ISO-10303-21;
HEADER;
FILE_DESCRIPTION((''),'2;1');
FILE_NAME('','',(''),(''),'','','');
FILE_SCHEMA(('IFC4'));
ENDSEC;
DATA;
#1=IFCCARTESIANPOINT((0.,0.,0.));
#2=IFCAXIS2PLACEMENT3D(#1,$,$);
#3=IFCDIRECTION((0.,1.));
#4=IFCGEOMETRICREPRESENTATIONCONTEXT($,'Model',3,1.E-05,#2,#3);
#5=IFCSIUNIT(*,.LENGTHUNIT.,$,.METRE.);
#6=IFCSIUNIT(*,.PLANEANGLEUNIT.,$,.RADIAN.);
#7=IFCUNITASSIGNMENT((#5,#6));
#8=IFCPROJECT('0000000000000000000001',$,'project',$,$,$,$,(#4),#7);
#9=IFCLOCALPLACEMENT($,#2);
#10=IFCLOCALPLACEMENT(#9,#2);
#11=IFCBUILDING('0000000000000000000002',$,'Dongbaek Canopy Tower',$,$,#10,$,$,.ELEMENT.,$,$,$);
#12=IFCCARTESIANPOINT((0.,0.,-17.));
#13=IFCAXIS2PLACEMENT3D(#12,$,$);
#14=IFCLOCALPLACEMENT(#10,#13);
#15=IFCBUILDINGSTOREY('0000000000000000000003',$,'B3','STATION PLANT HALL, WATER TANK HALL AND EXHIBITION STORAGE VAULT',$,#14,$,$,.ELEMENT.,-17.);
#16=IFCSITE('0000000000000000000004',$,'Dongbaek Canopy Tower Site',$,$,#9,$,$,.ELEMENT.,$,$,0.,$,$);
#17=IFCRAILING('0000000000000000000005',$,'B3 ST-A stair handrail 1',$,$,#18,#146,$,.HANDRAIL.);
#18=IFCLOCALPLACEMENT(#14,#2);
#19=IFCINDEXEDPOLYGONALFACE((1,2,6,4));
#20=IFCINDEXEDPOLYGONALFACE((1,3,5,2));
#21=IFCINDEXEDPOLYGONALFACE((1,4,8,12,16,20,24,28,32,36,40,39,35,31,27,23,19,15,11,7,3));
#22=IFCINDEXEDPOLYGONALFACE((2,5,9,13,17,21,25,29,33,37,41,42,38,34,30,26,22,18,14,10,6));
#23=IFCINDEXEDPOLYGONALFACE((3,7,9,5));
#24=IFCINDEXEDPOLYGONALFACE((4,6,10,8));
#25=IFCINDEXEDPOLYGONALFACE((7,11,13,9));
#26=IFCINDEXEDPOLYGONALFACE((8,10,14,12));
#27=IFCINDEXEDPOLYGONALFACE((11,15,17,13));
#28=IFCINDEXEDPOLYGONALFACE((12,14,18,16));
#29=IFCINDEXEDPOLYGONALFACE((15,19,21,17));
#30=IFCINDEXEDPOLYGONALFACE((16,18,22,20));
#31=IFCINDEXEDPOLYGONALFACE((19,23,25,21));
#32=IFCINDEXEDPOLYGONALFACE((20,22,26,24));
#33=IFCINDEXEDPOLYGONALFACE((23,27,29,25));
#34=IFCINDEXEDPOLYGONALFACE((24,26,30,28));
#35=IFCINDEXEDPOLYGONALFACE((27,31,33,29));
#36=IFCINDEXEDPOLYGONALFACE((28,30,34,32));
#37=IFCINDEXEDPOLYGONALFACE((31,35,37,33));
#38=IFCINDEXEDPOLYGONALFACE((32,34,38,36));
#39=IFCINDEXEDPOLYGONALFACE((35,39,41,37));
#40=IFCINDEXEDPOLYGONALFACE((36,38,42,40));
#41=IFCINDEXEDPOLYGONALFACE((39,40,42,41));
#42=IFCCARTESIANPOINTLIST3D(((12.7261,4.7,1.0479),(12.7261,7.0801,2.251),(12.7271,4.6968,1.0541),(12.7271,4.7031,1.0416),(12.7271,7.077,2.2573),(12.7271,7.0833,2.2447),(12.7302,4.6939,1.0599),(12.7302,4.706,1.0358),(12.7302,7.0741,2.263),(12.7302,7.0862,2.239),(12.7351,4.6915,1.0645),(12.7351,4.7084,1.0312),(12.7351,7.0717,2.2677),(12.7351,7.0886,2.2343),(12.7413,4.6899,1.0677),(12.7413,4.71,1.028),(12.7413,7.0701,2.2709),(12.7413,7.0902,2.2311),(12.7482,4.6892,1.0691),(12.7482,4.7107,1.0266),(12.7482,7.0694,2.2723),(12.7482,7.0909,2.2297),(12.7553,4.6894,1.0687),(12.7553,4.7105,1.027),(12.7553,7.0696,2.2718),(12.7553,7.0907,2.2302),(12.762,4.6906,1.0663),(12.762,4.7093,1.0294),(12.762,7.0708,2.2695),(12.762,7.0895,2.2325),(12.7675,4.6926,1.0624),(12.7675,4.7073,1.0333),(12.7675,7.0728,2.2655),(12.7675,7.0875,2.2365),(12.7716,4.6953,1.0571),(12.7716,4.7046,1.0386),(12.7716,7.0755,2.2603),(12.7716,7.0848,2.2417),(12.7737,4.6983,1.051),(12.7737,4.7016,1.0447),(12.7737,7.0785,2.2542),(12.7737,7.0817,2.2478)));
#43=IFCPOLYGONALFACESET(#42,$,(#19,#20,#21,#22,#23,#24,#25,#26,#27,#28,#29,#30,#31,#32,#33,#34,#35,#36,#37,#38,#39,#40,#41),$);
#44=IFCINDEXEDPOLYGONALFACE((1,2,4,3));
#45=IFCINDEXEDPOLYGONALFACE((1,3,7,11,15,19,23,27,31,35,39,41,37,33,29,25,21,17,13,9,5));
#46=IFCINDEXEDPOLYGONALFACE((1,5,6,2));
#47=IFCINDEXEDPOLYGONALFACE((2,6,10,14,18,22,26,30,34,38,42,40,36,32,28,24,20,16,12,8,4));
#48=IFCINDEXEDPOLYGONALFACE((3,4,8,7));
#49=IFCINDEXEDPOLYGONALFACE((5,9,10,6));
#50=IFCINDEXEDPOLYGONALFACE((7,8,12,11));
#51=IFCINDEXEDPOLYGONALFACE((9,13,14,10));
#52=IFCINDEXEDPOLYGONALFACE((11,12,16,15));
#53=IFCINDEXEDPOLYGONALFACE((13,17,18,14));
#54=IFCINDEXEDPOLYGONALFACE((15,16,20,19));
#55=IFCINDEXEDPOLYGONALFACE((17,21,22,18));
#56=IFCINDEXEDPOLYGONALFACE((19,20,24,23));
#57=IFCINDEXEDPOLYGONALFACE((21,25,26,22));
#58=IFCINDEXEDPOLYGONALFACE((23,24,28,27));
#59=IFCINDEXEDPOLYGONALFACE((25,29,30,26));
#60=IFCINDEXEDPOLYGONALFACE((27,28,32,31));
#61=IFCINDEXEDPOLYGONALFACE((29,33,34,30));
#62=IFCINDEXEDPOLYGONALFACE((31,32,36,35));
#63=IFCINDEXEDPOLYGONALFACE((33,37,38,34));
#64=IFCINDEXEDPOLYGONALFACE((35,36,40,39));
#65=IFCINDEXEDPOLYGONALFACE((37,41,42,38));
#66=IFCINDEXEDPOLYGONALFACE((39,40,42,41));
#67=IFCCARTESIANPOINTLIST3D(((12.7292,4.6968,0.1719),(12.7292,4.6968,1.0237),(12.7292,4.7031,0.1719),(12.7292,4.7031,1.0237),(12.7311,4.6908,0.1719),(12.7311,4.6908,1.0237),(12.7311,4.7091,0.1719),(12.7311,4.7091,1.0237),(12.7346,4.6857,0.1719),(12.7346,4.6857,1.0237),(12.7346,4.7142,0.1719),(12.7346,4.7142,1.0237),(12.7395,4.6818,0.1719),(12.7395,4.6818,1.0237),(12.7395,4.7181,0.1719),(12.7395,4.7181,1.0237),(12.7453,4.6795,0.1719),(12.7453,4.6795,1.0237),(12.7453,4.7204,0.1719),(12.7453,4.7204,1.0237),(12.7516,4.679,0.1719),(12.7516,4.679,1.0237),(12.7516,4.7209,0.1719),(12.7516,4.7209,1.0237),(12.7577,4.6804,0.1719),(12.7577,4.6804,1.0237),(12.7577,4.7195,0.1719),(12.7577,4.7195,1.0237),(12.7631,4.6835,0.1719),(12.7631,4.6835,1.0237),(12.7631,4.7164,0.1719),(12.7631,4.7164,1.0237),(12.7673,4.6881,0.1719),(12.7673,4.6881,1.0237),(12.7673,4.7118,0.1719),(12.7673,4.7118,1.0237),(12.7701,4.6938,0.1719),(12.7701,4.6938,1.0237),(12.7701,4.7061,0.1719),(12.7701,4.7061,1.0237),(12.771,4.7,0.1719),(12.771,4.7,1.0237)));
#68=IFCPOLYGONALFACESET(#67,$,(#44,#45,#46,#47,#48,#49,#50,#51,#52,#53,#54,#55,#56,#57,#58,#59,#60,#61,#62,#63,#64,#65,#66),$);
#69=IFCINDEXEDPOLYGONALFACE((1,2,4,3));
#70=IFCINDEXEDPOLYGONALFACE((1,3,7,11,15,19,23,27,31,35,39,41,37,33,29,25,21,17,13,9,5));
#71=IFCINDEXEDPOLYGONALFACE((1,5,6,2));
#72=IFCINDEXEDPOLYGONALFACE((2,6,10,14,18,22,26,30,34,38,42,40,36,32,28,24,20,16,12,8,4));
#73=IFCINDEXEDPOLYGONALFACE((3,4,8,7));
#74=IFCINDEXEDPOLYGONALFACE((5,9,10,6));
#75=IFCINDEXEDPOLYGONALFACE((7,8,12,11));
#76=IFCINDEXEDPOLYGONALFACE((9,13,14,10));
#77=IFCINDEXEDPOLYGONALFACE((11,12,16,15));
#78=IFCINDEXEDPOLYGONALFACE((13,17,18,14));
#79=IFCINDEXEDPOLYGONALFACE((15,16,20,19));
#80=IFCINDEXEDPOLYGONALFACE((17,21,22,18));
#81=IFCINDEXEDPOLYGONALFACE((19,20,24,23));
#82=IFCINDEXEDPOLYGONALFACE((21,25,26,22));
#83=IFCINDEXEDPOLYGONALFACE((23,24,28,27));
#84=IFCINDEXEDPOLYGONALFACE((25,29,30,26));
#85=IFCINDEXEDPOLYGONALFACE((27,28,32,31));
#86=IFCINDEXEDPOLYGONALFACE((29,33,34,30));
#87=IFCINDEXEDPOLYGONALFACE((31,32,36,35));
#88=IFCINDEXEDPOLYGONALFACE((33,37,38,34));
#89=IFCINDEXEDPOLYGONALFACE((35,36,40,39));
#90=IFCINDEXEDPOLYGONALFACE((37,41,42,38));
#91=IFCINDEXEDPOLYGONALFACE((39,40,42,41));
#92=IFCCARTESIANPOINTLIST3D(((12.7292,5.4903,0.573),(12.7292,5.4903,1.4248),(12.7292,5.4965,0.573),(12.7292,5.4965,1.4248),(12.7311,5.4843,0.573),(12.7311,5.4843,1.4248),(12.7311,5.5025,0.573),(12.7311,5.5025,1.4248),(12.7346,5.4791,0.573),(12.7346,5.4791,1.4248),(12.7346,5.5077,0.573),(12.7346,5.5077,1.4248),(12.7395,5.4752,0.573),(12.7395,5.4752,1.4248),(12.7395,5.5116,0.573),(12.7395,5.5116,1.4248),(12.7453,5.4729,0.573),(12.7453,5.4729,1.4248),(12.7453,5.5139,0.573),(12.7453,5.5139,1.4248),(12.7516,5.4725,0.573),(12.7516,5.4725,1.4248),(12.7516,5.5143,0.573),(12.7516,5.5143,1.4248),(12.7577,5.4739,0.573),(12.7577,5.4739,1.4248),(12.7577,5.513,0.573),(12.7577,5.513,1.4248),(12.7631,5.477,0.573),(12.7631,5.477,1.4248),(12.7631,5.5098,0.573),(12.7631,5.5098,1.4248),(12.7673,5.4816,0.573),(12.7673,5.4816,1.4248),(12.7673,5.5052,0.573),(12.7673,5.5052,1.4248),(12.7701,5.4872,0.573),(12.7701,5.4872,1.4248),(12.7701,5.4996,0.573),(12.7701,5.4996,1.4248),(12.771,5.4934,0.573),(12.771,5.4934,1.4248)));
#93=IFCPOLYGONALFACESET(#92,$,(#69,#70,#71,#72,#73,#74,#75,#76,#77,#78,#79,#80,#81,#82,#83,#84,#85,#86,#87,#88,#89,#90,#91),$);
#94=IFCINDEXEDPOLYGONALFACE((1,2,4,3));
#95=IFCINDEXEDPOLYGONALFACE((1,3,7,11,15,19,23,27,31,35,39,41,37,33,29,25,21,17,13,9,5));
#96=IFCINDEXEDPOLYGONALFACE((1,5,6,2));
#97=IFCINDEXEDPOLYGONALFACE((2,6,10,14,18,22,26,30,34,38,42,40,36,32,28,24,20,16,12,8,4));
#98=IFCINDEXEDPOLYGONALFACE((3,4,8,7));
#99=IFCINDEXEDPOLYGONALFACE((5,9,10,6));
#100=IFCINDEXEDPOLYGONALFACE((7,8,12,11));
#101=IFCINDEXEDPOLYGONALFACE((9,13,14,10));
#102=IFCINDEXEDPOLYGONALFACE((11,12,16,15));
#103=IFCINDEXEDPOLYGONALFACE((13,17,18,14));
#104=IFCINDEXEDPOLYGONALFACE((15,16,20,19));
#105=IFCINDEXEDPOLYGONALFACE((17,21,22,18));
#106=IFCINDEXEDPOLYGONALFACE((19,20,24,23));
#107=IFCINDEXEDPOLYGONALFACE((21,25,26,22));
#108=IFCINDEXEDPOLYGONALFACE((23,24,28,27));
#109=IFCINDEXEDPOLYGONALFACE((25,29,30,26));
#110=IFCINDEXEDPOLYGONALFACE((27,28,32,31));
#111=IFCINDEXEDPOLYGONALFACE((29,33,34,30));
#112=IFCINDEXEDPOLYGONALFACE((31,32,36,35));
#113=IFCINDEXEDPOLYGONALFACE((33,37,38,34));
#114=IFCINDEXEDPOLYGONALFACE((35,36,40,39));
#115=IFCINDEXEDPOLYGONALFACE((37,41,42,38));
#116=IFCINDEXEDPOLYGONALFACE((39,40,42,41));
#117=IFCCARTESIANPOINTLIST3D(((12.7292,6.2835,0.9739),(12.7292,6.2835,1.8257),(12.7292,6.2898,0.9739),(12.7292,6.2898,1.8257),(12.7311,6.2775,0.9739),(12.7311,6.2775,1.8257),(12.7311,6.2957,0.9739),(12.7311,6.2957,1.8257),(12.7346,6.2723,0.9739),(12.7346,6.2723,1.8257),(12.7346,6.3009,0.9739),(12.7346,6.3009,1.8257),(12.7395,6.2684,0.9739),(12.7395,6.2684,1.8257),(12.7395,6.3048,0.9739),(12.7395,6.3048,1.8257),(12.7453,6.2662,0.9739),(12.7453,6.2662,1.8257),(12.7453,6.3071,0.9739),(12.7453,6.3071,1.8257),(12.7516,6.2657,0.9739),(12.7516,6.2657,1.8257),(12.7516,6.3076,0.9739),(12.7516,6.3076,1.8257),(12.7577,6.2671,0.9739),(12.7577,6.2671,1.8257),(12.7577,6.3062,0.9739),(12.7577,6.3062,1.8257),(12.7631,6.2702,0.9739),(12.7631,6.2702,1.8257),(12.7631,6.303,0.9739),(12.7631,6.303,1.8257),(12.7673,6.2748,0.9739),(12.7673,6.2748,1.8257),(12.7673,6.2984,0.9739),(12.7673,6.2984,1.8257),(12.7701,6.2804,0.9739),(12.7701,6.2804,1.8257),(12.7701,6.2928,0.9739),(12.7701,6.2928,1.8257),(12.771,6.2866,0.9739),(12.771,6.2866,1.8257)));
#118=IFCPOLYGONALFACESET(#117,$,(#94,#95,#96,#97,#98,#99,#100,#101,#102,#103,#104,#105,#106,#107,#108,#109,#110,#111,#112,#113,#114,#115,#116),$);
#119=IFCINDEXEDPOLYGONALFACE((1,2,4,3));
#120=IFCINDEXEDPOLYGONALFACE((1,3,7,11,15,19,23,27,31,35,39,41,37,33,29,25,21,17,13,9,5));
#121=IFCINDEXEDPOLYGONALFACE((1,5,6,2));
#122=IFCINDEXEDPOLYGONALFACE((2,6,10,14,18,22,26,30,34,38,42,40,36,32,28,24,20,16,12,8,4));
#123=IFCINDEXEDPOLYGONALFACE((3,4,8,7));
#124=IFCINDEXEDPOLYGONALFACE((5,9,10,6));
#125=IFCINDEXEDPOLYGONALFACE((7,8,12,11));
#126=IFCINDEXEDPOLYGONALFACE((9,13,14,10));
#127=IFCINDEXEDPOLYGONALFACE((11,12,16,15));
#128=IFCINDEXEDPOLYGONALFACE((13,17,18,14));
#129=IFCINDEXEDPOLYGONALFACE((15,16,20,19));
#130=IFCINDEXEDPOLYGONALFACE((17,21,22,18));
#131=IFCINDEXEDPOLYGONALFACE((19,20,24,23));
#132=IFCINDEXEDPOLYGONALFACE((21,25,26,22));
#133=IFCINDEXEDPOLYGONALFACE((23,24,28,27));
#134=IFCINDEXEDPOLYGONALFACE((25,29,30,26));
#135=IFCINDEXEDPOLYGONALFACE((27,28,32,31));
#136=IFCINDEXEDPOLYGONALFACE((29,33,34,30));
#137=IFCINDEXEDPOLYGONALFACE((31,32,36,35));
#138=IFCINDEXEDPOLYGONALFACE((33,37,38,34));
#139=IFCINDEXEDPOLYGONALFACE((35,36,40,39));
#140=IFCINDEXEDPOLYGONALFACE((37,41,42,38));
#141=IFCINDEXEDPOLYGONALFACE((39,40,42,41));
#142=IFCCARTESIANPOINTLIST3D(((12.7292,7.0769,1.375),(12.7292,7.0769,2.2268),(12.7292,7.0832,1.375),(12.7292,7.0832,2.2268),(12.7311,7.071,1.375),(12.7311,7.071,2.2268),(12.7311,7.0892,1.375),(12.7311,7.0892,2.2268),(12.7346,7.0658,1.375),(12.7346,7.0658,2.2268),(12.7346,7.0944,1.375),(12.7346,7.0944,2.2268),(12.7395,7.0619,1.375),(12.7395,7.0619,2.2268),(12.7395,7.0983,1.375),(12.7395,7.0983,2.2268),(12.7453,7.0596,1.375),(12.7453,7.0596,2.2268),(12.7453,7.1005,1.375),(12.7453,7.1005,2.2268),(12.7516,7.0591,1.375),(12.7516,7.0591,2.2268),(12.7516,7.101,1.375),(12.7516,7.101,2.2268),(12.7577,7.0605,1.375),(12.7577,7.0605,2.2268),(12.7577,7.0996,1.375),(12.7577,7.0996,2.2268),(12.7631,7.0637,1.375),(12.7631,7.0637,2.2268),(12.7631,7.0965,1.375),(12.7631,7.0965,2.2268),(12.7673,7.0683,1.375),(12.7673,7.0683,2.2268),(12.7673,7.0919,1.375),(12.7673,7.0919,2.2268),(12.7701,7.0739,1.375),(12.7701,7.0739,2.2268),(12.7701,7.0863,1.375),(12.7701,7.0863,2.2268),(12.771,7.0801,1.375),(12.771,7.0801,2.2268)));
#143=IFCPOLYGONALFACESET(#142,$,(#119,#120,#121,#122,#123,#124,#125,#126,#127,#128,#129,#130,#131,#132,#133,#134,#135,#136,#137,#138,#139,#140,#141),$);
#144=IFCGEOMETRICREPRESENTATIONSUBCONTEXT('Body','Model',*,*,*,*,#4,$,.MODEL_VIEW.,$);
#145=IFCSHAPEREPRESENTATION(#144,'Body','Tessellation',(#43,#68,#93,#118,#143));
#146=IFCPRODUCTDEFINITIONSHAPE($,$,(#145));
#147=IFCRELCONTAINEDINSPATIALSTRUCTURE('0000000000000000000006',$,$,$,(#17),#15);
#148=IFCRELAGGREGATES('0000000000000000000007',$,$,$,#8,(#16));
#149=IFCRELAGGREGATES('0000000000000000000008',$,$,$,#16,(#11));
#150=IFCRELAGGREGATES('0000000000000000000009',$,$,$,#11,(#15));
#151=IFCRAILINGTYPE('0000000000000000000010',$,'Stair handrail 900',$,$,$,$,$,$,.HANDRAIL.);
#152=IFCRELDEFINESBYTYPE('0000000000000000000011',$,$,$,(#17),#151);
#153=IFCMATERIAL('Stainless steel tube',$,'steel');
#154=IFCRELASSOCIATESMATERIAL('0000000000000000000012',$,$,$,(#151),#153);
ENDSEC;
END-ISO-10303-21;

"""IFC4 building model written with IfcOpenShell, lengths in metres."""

from ifc_helpers import new_model, si_unit, direction, frame, origin, origin_2d, place, context, subcontext, project, spatial, circle, extrude, material, type_object, element, save


model = new_model("IFC4")

# Units and contexts
model_context = context("Model", 3, precision=1e-05, world=origin(), true_north=direction((0.0, 1.0)))
body_context = subcontext(model_context, "Body", "Model", "MODEL_VIEW")
ifc_project = project(units=[si_unit("LENGTHUNIT", "METRE"), si_unit("PLANEANGLEUNIT", "RADIAN")], contexts=[model_context])

# Site, building, storey
site_placement = place(None, origin())
site = spatial("IfcSite", under=ifc_project, at=site_placement, Name="Dongbaek Canopy Tower Site", CompositionType="ELEMENT", RefElevation=0.0)
building_placement = place(site_placement, origin())
building = spatial("IfcBuilding", under=site, at=building_placement, Name="Dongbaek Canopy Tower", CompositionType="ELEMENT")
storey_placement = place(building_placement, frame((0.0, 0.0, -17.0)))
storey = spatial("IfcBuildingStorey", under=building, at=storey_placement, Name="B3", Description="STATION PLANT HALL, WATER TANK HALL AND EXHIBITION STORAGE VAULT", CompositionType="ELEMENT", Elevation=-17.0)

# Railing
ifc_material_1 = material(Name="Stainless steel tube", Category="steel")
railing_type_1 = type_object("IfcRailingType", Name="Stair handrail 900", PredefinedType="HANDRAIL", material=ifc_material_1)
for number, where, name in (
    (1, (12.75, 4.7, 0.1719), "B3 ST-A stair handrail 1"),
):
    element("IfcRailing", number, at=place(storey_placement, frame(where)), inside=storey, type_object=railing_type_1, Name=name, PredefinedType="HANDRAIL", context=body_context, shape_type="SweptSolid", body=[
        extrude(circle(Radius=0.0239, at=origin_2d()), frame((0.0, 0.0, 0.876), z_axis=(0.0, 0.89246, 0.451127), x_axis=(-1.0, 0.0, 0.0)), (0.0, 0.0, 1.0), 2.667),
        extrude(circle(Radius=0.021, at=origin_2d()), origin(), (0.0, 0.0, 1.0), 0.8518),
        extrude(circle(Radius=0.021, at=origin_2d()), frame((0.0, 0.7935, 0.4011)), (0.0, 0.0, 1.0), 0.8518),
        extrude(circle(Radius=0.021, at=origin_2d()), frame((0.0, 1.5867, 0.802)), (0.0, 0.0, 1.0), 0.8518),
        extrude(circle(Radius=0.021, at=origin_2d()), frame((0.0, 2.3801, 1.2031)), (0.0, 0.0, 1.0), 0.8518),
    ])

save(model, "model.ifc")
